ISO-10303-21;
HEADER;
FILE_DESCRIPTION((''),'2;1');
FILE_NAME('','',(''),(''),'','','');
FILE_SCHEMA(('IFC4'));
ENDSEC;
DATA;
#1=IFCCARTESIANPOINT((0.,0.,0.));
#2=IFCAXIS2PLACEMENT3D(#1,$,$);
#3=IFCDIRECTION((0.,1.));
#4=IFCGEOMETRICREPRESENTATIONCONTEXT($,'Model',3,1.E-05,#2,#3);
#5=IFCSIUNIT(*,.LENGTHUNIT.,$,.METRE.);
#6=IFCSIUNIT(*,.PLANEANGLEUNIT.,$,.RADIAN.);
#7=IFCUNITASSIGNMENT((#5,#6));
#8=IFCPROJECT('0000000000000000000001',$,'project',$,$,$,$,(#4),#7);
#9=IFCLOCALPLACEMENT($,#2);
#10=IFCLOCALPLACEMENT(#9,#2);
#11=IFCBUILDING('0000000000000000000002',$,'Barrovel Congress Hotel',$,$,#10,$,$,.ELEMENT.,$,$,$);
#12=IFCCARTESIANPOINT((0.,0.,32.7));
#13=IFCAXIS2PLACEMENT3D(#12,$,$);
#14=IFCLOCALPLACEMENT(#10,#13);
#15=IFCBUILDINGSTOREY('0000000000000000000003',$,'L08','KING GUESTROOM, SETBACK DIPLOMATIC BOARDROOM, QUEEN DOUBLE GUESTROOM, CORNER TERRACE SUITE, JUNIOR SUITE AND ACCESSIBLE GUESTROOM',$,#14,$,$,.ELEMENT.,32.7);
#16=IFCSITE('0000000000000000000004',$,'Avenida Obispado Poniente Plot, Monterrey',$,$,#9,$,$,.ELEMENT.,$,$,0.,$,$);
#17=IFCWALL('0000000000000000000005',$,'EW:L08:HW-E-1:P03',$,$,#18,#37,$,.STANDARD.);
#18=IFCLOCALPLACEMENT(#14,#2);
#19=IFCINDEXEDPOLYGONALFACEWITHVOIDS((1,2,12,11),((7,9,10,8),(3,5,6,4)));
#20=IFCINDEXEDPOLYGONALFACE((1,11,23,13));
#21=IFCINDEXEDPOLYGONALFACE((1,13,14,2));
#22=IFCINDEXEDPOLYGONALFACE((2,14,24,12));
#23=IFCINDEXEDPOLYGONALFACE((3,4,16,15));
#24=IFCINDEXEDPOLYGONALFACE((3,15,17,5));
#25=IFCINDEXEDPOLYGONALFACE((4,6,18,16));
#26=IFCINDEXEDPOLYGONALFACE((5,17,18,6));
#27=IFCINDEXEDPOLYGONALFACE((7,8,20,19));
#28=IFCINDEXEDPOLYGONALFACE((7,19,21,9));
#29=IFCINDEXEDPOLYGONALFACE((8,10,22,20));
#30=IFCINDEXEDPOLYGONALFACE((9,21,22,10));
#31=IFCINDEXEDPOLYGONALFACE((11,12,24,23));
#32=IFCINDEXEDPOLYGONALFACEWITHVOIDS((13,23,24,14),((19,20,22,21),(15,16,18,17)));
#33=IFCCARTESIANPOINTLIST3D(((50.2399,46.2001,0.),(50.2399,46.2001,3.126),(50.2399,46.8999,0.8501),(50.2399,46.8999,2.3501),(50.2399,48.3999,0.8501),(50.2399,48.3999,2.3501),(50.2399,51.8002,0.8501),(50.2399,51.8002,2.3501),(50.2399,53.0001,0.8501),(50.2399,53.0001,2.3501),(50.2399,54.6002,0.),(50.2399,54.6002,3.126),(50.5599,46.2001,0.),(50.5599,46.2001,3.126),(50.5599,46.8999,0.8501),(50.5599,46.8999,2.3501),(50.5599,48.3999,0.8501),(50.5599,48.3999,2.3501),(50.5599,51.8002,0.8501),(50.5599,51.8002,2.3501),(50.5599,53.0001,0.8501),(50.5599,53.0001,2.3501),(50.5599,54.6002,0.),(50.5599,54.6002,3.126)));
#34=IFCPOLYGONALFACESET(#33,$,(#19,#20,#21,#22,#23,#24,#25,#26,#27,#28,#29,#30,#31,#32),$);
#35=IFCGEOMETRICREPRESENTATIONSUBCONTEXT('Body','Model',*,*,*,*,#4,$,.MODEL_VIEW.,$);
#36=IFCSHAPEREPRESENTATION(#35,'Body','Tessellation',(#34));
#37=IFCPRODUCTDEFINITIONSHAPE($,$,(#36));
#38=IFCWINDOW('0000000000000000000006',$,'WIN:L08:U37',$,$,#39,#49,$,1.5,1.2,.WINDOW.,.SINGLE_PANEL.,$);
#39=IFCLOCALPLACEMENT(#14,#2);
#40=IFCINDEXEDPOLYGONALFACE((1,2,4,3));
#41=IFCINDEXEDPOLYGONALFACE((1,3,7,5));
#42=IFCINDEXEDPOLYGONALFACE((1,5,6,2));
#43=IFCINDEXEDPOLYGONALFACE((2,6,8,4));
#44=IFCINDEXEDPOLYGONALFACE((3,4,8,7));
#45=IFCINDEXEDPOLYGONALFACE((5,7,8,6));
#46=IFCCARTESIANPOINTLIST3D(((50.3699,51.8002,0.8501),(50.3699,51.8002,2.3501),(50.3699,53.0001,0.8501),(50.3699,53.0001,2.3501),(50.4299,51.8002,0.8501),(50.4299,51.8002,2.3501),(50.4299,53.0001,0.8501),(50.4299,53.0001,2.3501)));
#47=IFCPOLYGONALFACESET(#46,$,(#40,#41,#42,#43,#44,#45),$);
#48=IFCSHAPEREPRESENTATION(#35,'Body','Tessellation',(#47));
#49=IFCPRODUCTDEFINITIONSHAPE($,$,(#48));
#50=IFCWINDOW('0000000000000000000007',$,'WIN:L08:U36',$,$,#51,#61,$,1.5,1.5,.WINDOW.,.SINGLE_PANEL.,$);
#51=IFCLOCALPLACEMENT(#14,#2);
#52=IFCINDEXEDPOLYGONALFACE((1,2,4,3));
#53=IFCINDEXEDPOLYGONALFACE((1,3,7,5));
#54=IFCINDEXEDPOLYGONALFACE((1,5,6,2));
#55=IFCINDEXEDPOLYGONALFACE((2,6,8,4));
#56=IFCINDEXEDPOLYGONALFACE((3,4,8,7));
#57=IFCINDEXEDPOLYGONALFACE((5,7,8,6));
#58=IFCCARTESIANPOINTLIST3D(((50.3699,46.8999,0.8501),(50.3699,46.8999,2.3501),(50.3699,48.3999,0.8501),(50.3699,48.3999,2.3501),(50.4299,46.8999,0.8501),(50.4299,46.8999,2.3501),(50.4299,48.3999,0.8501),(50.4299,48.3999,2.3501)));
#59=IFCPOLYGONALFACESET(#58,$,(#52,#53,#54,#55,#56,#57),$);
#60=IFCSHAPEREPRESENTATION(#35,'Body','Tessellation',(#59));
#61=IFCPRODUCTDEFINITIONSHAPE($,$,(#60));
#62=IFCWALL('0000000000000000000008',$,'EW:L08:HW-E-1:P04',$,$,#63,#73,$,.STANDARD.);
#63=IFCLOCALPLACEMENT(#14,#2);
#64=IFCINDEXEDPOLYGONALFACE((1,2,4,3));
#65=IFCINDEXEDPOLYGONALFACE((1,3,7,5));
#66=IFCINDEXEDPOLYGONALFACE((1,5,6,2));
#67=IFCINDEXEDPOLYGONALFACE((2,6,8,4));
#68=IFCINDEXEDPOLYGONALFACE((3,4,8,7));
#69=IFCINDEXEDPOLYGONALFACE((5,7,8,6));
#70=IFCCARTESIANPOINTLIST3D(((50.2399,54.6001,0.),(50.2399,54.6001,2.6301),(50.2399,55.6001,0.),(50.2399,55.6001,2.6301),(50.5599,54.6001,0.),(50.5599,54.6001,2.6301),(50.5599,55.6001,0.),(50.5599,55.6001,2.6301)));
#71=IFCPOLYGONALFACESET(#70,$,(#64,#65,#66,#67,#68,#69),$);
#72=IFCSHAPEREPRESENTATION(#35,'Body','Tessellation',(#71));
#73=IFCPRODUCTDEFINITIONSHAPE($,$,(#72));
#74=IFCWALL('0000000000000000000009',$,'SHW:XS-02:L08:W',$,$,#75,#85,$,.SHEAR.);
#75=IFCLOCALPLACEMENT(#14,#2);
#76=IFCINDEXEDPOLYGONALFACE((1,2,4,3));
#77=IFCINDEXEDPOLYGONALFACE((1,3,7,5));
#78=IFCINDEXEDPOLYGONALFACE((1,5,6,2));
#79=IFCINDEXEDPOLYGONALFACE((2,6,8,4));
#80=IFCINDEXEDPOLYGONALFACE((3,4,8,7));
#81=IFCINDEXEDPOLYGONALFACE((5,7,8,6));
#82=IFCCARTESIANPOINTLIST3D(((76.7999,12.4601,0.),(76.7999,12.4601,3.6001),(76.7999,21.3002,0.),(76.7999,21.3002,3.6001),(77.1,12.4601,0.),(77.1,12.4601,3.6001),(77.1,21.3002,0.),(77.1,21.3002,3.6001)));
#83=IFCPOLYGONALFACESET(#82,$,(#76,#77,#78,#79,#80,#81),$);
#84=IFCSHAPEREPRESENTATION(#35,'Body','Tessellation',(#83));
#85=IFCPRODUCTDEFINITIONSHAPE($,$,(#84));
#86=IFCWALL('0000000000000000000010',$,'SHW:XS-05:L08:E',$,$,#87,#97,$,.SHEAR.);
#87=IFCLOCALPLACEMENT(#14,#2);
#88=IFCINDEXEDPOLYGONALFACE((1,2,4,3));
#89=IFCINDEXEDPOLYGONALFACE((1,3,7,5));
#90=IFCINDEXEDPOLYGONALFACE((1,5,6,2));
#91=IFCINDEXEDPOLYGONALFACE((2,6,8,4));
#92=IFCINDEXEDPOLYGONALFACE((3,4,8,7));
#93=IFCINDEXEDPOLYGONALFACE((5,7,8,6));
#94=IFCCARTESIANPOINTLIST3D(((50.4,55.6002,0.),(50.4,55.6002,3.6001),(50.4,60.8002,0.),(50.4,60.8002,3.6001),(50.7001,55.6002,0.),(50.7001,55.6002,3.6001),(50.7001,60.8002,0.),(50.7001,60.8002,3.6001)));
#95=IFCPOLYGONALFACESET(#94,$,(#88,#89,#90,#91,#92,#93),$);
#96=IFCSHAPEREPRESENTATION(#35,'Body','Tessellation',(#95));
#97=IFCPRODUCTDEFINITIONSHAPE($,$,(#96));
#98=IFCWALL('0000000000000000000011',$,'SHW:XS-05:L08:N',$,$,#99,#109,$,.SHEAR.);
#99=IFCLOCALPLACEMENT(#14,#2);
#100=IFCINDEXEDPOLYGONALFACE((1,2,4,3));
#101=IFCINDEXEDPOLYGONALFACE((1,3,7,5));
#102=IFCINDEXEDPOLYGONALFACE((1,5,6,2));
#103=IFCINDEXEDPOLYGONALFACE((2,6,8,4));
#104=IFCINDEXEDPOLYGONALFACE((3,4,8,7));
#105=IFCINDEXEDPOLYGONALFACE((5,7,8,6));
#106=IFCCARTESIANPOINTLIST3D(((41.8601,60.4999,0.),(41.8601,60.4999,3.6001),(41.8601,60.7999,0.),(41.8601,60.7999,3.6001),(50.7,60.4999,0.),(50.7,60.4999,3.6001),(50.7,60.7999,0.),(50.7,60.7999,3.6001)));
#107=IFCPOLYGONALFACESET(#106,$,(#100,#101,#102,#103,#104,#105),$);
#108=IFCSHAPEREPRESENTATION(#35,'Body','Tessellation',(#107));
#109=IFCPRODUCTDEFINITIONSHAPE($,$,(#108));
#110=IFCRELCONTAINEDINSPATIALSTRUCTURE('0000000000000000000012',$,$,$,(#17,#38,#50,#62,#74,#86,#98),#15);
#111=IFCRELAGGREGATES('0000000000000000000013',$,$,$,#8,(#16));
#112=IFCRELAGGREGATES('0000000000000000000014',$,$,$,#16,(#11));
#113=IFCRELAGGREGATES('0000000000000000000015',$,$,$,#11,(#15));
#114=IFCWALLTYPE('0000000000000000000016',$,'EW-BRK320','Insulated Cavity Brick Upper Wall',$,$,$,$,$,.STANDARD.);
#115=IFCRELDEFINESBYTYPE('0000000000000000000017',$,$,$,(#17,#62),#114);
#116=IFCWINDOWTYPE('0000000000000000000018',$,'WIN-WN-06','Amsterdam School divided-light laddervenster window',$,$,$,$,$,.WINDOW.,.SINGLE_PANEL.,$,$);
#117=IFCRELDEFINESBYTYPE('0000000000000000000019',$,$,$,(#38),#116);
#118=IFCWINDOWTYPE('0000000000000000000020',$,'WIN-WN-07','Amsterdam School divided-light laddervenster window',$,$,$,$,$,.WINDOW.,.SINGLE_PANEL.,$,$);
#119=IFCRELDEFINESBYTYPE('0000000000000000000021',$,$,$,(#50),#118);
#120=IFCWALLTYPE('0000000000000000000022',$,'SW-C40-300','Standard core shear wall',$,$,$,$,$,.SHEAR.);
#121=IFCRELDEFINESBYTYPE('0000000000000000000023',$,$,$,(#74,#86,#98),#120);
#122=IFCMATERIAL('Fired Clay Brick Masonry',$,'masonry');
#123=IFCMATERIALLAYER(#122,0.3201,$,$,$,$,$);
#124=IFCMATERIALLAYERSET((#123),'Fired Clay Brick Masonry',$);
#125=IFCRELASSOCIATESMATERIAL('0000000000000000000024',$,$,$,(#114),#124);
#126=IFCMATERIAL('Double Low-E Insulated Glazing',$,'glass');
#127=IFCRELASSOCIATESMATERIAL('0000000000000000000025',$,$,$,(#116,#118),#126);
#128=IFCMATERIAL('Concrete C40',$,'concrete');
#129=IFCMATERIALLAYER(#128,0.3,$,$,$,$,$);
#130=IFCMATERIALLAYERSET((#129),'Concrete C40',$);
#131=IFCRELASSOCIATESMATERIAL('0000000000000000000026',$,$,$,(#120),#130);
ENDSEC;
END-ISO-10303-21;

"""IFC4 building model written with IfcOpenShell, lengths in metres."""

from ifc_helpers import new_model, si_unit, direction, frame, frame_2d, origin, place, context, subcontext, project, spatial, rectangle, extrude, material, layer, layer_set, type_object, element, fill, save


model = new_model("IFC4")

# Units and contexts
model_context = context("Model", 3, precision=1e-05, world=origin(), true_north=direction((0.0, 1.0)))
body_context = subcontext(model_context, "Body", "Model", "MODEL_VIEW")
ifc_project = project(units=[si_unit("LENGTHUNIT", "METRE"), si_unit("PLANEANGLEUNIT", "RADIAN")], contexts=[model_context])

# Site, building, storey
site_placement = place(None, origin())
site = spatial("IfcSite", under=ifc_project, at=site_placement, Name="Avenida Obispado Poniente Plot, Monterrey", CompositionType="ELEMENT", RefElevation=0.0)
building_placement = place(site_placement, origin())
building = spatial("IfcBuilding", under=site, at=building_placement, Name="Barrovel Congress Hotel", CompositionType="ELEMENT")
storey_placement = place(building_placement, frame((0.0, 0.0, 32.7)))
storey = spatial("IfcBuildingStorey", under=building, at=storey_placement, Name="L08", Description="KING GUESTROOM, SETBACK DIPLOMATIC BOARDROOM, QUEEN DOUBLE GUESTROOM, CORNER TERRACE SUITE, JUNIOR SUITE AND ACCESSIBLE GUESTROOM", CompositionType="ELEMENT", Elevation=32.7)

# Shared definitions
ifc_material_1 = material(Name="Double Low-E Insulated Glazing", Category="glass")

# Wall, openings, windows
ifc_material_2 = material(Name="Fired Clay Brick Masonry", Category="masonry")
ifc_layer_1 = layer(ifc_material_2, 0.3201)
ifc_layer_set_1 = layer_set([ifc_layer_1], Name="Fired Clay Brick Masonry")
wall_type_1 = type_object("IfcWallType", Name="EW-BRK320", Description="Insulated Cavity Brick Upper Wall", PredefinedType="STANDARD", material=ifc_layer_set_1)
wall_1_placement = place(storey_placement, frame((50.3999, 46.2, 0.0), z_axis=(0.0, 0.0, 1.0), x_axis=(0.0, 1.0, 0.0)))
wall_1 = element("IfcWall", 1, at=wall_1_placement, inside=storey, type_object=wall_type_1, Name="EW:L08:HW-E-1:P03", PredefinedType="STANDARD", context=body_context, shape_type="SweptSolid", body=[
    extrude(rectangle(XDim=8.4001, YDim=0.3201, at=frame_2d((4.2002, 0.0))), origin(), (0.0, 0.0, 1.0), 3.126),
])
opening_1_placement = place(wall_1_placement, frame((0.7, 0.0, 0.8501)))
opening_1 = element("IfcOpeningElement", 2, at=opening_1_placement, cuts=wall_1, PredefinedType="OPENING", context=body_context, shape_type="SweptSolid", body=[
    extrude(rectangle(XDim=1.5, YDim=1.5, at=frame_2d((0.75, 0.75))), frame((0.0, 0.1699, 0.0), z_axis=(0.0, -1.0, 0.0), x_axis=(1.0, 0.0, 0.0)), (0.0, 0.0, 1.0), 0.3401),
])
opening_2_placement = place(wall_1_placement, frame((5.6001, 0.0, 0.8501)))
opening_2 = element("IfcOpeningElement", 3, at=opening_2_placement, cuts=wall_1, PredefinedType="OPENING", context=body_context, shape_type="SweptSolid", body=[
    extrude(rectangle(XDim=1.2, YDim=1.5, at=frame_2d((0.6001, 0.75))), frame((0.0, 0.1699, 0.0), z_axis=(0.0, -1.0, 0.0), x_axis=(1.0, 0.0, 0.0)), (0.0, 0.0, 1.0), 0.3401),
])
window_type_1 = type_object("IfcWindowType", Name="WIN-WN-06", Description="Amsterdam School divided-light laddervenster window", PartitioningType="SINGLE_PANEL", PredefinedType="WINDOW", material=ifc_material_1)
window_1_placement = place(opening_2_placement, origin())
window_1 = element("IfcWindow", 4, at=window_1_placement, inside=storey, type_object=window_type_1, Name="WIN:L08:U37", OverallHeight=1.5, OverallWidth=1.2, PartitioningType="SINGLE_PANEL", PredefinedType="WINDOW", context=body_context, shape_type="SweptSolid", body=[
    extrude(rectangle(XDim=1.2, YDim=1.5, at=frame_2d((0.6001, 0.75))), frame((0.0, 0.03, 0.0), z_axis=(0.0, -1.0, 0.0), x_axis=(1.0, 0.0, 0.0)), (0.0, 0.0, 1.0), 0.0601),
])
fill(opening_2, window_1)
window_type_2 = type_object("IfcWindowType", Name="WIN-WN-07", Description="Amsterdam School divided-light laddervenster window", PartitioningType="SINGLE_PANEL", PredefinedType="WINDOW", material=ifc_material_1)
window_2_placement = place(opening_1_placement, origin())
window_2 = element("IfcWindow", 5, at=window_2_placement, inside=storey, type_object=window_type_2, Name="WIN:L08:U36", OverallHeight=1.5, OverallWidth=1.5, PartitioningType="SINGLE_PANEL", PredefinedType="WINDOW", context=body_context, shape_type="SweptSolid", body=[
    extrude(rectangle(XDim=1.5, YDim=1.5, at=frame_2d((0.75, 0.75))), frame((0.0, 0.03, 0.0), z_axis=(0.0, -1.0, 0.0), x_axis=(1.0, 0.0, 0.0)), (0.0, 0.0, 1.0), 0.0601),
])
fill(opening_1, window_2)

# Walls
wall_2_placement = place(storey_placement, frame((50.3999, 54.6001, 0.0), z_axis=(0.0, 0.0, 1.0), x_axis=(0.0, 1.0, 0.0)))
element("IfcWall", 6, at=wall_2_placement, inside=storey, type_object=wall_type_1, Name="EW:L08:HW-E-1:P04", PredefinedType="STANDARD", context=body_context, shape_type="SweptSolid", body=[
    extrude(rectangle(XDim=1.0, YDim=0.3201, at=frame_2d((0.5, 0.0))), origin(), (0.0, 0.0, 1.0), 2.6301),
])
ifc_material_3 = material(Name="Concrete C40", Category="concrete")
ifc_layer_2 = layer(ifc_material_3, 0.3)
ifc_layer_set_2 = layer_set([ifc_layer_2], Name="Concrete C40")
wall_type_2 = type_object("IfcWallType", Name="SW-C40-300", Description="Standard core shear wall", PredefinedType="SHEAR", material=ifc_layer_set_2)
wall_3_placement = place(storey_placement, frame((76.95, 21.3, 0.0), z_axis=(0.0, 0.0, 1.0), x_axis=(0.0, -1.0, 0.0)))
element("IfcWall", 7, at=wall_3_placement, inside=storey, type_object=wall_type_2, Name="SHW:XS-02:L08:W", PredefinedType="SHEAR", context=body_context, shape_type="SweptSolid", body=[
    extrude(rectangle(XDim=8.8401, YDim=0.3, at=frame_2d((4.4199, 0.0))), origin(), (0.0, 0.0, 1.0), 3.6001),
])
wall_4_placement = place(storey_placement, frame((50.55, 55.6001, 0.0), z_axis=(0.0, 0.0, 1.0), x_axis=(0.0, 1.0, 0.0)))
element("IfcWall", 8, at=wall_4_placement, inside=storey, type_object=wall_type_2, Name="SHW:XS-05:L08:E", PredefinedType="SHEAR", context=body_context, shape_type="SweptSolid", body=[
    extrude(rectangle(XDim=5.2, YDim=0.3, at=frame_2d((2.6001, 0.0))), origin(), (0.0, 0.0, 1.0), 3.6001),
])
wall_5_placement = place(storey_placement, frame((50.7, 60.6499, 0.0), z_axis=(0.0, 0.0, 1.0), x_axis=(-1.0, 0.0, 0.0)))
element("IfcWall", 9, at=wall_5_placement, inside=storey, type_object=wall_type_2, Name="SHW:XS-05:L08:N", PredefinedType="SHEAR", context=body_context, shape_type="SweptSolid", body=[
    extrude(rectangle(XDim=8.8398, YDim=0.3, at=frame_2d((4.4199, 0.0))), origin(), (0.0, 0.0, 1.0), 3.6001),
])

save(model, "model.ifc")
